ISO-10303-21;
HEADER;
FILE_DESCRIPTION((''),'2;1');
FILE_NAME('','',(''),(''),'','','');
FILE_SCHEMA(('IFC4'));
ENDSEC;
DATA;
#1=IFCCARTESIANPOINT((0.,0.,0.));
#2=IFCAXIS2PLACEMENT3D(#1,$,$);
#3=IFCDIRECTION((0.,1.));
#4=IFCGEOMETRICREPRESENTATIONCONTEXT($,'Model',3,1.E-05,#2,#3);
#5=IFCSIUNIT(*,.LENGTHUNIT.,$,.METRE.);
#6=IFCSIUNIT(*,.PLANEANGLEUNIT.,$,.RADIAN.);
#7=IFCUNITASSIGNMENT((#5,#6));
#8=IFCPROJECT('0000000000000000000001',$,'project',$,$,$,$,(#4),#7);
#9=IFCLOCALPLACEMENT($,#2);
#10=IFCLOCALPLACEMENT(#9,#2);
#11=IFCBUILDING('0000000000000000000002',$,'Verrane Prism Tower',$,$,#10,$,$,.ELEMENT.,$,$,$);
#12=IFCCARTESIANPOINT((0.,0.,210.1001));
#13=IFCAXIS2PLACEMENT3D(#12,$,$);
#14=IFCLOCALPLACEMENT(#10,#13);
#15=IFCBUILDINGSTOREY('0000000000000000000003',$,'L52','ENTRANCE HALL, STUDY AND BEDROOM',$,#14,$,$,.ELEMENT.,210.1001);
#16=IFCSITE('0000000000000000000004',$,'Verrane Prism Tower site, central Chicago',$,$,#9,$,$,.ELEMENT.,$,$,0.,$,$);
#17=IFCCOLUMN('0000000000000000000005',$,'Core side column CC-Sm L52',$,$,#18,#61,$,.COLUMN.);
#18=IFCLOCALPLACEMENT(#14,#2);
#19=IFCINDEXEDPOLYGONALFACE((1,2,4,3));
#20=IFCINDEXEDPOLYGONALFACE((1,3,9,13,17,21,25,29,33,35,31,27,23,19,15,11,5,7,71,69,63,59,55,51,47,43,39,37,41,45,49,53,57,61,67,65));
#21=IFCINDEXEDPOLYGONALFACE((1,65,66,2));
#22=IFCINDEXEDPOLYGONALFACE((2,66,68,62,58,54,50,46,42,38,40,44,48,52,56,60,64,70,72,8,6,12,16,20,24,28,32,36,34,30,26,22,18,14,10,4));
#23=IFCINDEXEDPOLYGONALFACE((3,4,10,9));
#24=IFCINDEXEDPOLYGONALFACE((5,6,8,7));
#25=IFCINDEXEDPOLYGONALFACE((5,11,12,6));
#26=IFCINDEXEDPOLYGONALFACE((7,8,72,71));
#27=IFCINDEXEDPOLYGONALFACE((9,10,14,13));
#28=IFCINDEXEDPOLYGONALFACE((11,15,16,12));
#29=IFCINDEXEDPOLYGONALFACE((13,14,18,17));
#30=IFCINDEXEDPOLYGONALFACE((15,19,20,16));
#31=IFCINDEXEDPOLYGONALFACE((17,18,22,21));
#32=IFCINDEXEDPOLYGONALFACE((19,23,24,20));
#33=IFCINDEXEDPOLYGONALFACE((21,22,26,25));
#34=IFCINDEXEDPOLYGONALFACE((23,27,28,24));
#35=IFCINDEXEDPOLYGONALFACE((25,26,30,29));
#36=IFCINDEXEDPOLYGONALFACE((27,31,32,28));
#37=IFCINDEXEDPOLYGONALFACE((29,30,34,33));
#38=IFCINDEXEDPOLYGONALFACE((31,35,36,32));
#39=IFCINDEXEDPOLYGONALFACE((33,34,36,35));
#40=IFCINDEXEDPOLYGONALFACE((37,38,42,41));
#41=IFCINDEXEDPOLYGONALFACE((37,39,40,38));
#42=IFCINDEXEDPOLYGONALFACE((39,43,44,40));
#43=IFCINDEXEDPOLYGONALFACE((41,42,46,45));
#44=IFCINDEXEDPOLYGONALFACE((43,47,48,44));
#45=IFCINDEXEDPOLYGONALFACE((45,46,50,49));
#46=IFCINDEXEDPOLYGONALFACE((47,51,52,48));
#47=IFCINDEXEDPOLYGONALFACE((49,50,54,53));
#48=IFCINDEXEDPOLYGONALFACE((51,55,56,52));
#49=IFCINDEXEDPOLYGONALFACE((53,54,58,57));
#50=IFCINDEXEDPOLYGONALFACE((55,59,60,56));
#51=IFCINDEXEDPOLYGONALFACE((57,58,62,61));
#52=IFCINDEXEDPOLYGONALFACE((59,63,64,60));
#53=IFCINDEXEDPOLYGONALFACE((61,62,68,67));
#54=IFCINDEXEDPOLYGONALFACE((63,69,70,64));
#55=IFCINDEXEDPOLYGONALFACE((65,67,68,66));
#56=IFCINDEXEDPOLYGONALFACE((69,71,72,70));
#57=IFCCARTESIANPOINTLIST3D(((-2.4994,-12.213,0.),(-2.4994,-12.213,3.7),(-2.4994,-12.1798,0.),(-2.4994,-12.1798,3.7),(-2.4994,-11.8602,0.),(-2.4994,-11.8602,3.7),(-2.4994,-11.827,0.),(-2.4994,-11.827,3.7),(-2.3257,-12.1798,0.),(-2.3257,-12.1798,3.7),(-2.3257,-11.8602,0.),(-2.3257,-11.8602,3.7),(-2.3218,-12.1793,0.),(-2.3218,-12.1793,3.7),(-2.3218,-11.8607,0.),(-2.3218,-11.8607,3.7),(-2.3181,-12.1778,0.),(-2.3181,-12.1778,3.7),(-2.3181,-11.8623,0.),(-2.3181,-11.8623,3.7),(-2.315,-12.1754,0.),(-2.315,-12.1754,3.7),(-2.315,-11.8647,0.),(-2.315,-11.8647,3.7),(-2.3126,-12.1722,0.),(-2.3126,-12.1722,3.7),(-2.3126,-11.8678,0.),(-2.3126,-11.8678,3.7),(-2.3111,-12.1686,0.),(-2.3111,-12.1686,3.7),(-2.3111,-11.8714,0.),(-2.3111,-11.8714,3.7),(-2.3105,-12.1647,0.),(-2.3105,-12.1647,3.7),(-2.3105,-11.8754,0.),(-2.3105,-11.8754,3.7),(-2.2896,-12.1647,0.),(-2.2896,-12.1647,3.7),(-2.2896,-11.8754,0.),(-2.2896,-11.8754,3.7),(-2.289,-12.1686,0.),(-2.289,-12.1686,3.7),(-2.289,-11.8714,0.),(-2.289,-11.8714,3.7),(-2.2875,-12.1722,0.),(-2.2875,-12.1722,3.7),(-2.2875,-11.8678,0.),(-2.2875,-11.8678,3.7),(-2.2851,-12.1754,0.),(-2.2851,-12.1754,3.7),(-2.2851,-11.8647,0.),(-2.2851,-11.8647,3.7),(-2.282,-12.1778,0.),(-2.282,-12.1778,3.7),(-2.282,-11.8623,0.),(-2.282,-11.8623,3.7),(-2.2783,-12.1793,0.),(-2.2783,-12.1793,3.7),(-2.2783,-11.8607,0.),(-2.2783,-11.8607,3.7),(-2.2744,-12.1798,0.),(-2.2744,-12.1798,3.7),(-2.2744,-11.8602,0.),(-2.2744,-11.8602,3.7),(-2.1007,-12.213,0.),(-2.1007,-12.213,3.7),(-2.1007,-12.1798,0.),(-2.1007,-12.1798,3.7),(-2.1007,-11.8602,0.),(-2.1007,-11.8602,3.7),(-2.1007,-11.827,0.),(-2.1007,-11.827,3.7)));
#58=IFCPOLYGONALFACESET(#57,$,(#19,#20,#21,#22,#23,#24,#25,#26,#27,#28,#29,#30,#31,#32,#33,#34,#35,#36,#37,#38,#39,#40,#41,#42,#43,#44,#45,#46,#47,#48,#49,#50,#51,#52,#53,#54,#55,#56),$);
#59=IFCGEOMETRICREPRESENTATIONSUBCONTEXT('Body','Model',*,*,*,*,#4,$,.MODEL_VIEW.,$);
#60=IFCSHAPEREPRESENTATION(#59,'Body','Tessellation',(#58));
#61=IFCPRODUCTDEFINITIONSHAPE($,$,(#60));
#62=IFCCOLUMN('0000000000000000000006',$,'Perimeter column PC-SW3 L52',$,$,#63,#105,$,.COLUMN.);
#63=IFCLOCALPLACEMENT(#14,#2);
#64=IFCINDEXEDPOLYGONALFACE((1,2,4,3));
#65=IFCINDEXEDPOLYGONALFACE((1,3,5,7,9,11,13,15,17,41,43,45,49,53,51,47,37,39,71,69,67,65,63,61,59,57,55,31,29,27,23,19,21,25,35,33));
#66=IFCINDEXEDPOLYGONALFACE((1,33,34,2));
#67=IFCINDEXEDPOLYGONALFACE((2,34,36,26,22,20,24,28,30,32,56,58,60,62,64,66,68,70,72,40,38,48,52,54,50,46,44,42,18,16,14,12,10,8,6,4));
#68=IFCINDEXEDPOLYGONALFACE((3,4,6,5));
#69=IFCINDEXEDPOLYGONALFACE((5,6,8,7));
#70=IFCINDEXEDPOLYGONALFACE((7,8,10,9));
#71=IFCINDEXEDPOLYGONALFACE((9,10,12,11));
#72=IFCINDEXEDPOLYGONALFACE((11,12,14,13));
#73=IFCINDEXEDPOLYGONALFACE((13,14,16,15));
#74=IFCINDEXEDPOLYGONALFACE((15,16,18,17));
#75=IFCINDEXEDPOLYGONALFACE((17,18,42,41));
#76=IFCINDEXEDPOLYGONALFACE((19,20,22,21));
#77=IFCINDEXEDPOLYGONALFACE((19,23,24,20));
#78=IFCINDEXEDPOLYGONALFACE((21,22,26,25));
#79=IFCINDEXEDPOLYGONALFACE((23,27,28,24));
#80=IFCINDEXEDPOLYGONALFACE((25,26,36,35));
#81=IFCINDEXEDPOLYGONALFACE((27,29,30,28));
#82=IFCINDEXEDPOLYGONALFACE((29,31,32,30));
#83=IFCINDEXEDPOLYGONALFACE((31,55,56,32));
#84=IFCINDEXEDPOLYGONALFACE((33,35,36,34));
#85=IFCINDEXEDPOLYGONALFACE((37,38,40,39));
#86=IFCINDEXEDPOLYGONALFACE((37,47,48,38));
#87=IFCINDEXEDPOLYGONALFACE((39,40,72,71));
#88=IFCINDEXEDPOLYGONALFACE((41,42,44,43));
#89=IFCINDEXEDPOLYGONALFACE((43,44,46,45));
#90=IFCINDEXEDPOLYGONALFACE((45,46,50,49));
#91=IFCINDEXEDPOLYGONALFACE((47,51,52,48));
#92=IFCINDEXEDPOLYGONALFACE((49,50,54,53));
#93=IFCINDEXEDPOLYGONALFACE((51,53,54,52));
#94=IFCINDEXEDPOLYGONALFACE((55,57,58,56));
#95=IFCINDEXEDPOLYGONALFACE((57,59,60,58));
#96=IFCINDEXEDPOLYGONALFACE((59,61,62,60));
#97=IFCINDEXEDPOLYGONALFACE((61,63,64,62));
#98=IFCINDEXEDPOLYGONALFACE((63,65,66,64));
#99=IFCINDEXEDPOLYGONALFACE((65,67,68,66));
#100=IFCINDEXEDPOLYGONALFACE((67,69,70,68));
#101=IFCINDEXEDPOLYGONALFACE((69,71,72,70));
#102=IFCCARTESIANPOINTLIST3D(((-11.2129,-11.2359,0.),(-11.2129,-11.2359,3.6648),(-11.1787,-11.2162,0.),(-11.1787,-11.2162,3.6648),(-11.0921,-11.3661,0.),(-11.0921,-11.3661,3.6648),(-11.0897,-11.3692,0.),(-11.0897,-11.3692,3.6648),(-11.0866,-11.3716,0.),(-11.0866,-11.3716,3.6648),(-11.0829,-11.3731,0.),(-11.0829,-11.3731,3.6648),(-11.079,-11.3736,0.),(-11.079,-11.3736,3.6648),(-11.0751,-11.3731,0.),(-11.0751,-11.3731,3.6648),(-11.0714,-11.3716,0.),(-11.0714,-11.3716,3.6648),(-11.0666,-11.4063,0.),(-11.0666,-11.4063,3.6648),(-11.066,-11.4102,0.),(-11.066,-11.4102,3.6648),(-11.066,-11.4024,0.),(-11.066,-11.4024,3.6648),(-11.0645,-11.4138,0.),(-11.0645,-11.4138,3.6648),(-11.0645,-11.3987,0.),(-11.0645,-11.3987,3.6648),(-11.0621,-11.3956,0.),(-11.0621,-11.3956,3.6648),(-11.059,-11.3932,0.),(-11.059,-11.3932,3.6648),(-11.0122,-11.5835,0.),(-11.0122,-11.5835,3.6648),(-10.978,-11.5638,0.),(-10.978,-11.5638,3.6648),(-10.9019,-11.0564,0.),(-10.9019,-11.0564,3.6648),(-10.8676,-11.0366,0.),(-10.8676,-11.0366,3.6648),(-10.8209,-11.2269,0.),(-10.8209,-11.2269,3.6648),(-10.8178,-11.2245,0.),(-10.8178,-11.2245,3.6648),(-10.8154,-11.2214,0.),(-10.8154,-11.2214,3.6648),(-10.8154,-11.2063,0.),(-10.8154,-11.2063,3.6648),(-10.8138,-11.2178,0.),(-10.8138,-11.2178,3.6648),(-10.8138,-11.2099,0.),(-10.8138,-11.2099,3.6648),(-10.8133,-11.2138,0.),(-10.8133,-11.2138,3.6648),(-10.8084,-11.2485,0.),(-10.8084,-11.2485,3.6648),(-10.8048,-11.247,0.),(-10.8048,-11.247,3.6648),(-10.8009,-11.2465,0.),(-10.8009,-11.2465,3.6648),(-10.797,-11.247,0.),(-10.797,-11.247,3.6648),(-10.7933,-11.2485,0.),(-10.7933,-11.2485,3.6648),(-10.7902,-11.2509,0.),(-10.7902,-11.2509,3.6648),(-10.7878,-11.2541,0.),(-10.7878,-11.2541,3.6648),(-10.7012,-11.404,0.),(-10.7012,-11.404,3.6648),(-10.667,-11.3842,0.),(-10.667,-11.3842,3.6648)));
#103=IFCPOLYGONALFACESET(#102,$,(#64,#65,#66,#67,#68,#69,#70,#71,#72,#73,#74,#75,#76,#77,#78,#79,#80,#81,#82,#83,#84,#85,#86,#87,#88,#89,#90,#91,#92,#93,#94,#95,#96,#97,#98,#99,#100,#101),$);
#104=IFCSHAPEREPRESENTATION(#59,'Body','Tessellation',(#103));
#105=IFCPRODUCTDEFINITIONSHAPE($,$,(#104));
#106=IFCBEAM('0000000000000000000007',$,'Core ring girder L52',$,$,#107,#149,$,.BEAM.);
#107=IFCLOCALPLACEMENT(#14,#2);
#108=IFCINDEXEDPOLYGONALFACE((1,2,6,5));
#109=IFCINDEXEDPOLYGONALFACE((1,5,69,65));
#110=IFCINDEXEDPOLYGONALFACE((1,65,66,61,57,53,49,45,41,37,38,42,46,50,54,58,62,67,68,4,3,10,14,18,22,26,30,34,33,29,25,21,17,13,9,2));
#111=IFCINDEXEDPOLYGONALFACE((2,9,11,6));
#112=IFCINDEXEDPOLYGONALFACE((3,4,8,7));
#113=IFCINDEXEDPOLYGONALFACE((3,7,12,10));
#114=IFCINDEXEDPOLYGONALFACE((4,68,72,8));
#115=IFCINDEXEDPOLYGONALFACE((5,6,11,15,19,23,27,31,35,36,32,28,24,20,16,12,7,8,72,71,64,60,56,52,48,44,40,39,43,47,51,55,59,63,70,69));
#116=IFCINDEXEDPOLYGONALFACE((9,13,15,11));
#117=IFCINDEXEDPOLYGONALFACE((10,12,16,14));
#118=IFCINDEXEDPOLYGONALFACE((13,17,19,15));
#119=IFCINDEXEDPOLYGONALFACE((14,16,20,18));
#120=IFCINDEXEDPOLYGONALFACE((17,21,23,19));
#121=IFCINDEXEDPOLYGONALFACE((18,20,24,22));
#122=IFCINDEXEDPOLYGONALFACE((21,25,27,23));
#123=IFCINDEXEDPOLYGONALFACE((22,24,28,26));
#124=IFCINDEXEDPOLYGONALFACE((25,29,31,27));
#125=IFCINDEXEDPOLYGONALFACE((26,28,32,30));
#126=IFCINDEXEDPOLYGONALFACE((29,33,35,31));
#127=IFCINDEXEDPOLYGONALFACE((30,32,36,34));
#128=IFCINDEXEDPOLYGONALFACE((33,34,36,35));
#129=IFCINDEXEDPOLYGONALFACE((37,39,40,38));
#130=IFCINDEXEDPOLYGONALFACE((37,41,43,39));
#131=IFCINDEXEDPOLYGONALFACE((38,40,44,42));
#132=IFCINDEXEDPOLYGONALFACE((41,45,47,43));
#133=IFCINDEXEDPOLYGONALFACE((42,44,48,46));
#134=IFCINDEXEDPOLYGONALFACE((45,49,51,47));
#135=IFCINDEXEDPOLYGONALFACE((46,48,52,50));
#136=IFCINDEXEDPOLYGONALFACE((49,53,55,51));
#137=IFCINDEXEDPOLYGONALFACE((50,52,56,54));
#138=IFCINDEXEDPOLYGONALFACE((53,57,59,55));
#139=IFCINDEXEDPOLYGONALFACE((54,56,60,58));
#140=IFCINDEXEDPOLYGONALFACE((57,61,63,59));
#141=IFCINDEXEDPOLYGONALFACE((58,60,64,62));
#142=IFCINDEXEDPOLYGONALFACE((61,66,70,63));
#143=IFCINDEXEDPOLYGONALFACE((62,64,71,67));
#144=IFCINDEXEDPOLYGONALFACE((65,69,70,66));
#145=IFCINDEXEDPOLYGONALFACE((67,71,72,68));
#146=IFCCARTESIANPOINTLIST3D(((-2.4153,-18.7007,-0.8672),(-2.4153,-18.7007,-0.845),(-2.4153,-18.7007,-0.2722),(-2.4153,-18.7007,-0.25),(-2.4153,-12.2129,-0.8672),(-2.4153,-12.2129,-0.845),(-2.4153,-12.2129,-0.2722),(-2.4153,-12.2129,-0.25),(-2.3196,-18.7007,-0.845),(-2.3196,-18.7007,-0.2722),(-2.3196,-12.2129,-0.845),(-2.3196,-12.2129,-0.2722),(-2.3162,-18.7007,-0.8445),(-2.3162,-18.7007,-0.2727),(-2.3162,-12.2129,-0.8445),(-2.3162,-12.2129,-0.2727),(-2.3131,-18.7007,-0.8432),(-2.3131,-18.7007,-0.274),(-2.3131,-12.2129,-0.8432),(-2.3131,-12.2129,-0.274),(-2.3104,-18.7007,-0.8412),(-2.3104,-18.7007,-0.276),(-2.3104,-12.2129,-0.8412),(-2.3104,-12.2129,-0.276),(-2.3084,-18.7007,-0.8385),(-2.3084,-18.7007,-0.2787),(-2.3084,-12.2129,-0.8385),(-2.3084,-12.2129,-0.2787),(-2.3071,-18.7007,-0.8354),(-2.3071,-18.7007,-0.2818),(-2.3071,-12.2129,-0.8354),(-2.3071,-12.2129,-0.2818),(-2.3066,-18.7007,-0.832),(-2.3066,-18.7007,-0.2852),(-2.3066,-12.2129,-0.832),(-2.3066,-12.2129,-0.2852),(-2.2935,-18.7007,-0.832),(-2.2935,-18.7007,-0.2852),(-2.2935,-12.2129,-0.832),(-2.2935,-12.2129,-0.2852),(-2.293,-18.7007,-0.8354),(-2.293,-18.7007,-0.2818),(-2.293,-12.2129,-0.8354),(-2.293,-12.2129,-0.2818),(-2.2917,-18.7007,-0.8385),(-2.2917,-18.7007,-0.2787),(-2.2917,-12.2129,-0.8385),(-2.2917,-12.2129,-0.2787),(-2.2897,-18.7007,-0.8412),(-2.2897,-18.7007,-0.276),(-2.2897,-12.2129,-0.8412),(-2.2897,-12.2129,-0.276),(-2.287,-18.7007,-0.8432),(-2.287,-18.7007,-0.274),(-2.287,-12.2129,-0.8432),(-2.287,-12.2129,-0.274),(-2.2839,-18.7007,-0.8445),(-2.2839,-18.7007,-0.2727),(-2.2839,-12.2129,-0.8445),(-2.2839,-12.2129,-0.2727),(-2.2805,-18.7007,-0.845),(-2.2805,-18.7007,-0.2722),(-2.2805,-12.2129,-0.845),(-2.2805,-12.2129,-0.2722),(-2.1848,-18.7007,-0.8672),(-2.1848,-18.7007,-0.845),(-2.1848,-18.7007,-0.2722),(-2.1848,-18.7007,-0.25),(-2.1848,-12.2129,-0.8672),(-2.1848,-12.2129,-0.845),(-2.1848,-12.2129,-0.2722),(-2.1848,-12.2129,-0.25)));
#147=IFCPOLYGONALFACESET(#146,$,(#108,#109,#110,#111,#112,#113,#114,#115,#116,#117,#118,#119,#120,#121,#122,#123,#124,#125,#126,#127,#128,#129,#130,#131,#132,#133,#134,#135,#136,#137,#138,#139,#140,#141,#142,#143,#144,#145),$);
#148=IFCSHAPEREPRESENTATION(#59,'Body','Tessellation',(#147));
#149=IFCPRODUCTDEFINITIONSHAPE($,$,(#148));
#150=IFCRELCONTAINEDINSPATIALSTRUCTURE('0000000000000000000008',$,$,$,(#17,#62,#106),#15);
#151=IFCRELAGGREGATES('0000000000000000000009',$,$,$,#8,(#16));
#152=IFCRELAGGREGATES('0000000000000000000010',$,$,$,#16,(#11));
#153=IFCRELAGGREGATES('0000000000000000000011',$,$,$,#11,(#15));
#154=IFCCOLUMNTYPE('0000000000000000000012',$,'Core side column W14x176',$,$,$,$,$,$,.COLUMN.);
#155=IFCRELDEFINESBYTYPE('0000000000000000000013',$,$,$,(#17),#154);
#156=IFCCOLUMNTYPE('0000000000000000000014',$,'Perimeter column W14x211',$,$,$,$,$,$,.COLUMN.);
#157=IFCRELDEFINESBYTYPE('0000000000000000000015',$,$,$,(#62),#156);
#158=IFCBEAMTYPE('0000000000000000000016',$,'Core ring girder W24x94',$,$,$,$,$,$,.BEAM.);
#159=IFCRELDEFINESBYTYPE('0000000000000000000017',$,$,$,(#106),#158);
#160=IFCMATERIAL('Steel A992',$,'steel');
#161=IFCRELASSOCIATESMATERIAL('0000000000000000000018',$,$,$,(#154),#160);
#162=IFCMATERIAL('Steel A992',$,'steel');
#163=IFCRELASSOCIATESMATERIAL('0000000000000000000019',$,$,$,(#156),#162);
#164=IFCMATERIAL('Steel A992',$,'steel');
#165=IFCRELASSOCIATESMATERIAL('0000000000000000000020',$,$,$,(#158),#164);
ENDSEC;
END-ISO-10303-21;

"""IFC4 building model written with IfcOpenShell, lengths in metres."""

from ifc_helpers import new_model, si_unit, direction, frame, origin, origin_2d, place, context, subcontext, project, spatial, i_section, extrude, material, material_profile, profile_set, type_object, element, save


model = new_model("IFC4")

# Units and contexts
model_context = context("Model", 3, precision=1e-05, world=origin(), true_north=direction((0.0, 1.0)))
body_context = subcontext(model_context, "Body", "Model", "MODEL_VIEW")
ifc_project = project(units=[si_unit("LENGTHUNIT", "METRE"), si_unit("PLANEANGLEUNIT", "RADIAN")], contexts=[model_context])

# Site, building, storey
site_placement = place(None, origin())
site = spatial("IfcSite", under=ifc_project, at=site_placement, Name="Verrane Prism Tower site, central Chicago", CompositionType="ELEMENT", RefElevation=0.0)
building_placement = place(site_placement, origin())
building = spatial("IfcBuilding", under=site, at=building_placement, Name="Verrane Prism Tower", CompositionType="ELEMENT")
storey_placement = place(building_placement, frame((0.0, 0.0, 210.1001)))
storey = spatial("IfcBuildingStorey", under=building, at=storey_placement, Name="L52", Description="ENTRANCE HALL, STUDY AND BEDROOM", CompositionType="ELEMENT", Elevation=210.1001)

# Columns
ifc_material_1 = material(Name="Steel A992", Category="steel")
ifc_material_profile_1 = material_profile(ifc_material_1, i_section(OverallWidth=0.3987, OverallDepth=0.386, WebThickness=0.021, FlangeThickness=0.0332, FilletRadius=0.0151, at=origin_2d()), Name="W14x176")
ifc_profile_set_1 = profile_set([ifc_material_profile_1], Name="Steel A992")
column_type_1 = type_object("IfcColumnType", Name="Core side column W14x176", PredefinedType="COLUMN", material=ifc_profile_set_1)
column_1_placement = place(storey_placement, frame((-2.3, -12.02, 0.0), z_axis=(0.0, 0.0, 1.0), x_axis=(1.0, 0.0, 0.0)))
element("IfcColumn", 1, at=column_1_placement, inside=storey, type_object=column_type_1, Name="Core side column CC-Sm L52", PredefinedType="COLUMN", context=body_context, shape_type="SweptSolid", body=[
    extrude(i_section(OverallWidth=0.3987, OverallDepth=0.386, WebThickness=0.021, FlangeThickness=0.0332, FilletRadius=0.0151, at=origin_2d()), origin(), (0.0, 0.0, 1.0), 3.7),
])
ifc_material_2 = material(Name="Steel A992", Category="steel")
ifc_material_profile_2 = material_profile(ifc_material_2, i_section(OverallWidth=0.4014, OverallDepth=0.3987, WebThickness=0.0249, FlangeThickness=0.0396, FilletRadius=0.0151, at=origin_2d()), Name="W14x211")
ifc_profile_set_2 = profile_set([ifc_material_profile_2], Name="Steel A992")
column_type_2 = type_object("IfcColumnType", Name="Perimeter column W14x211", PredefinedType="COLUMN", material=ifc_profile_set_2)
column_2_placement = place(storey_placement, frame((-10.9399, -11.3101, 0.0), z_axis=(0.0, 0.0, 1.0), x_axis=(-0.5, 0.866025, 0.0)))
element("IfcColumn", 2, at=column_2_placement, inside=storey, type_object=column_type_2, Name="Perimeter column PC-SW3 L52", PredefinedType="COLUMN", context=body_context, shape_type="SweptSolid", body=[
    extrude(i_section(OverallWidth=0.4014, OverallDepth=0.3987, WebThickness=0.0249, FlangeThickness=0.0396, FilletRadius=0.0151, at=origin_2d()), origin(), (0.0, 0.0, 1.0), 3.6648),
])

# Beam
ifc_material_3 = material(Name="Steel A992", Category="steel")
ifc_material_profile_3 = material_profile(ifc_material_3, i_section(OverallWidth=0.2305, OverallDepth=0.6172, WebThickness=0.0132, FlangeThickness=0.0222, FilletRadius=0.0129, at=origin_2d()), Name="W24x94")
ifc_profile_set_3 = profile_set([ifc_material_profile_3], Name="Steel A992")
beam_type_1 = type_object("IfcBeamType", Name="Core ring girder W24x94", PredefinedType="BEAM", material=ifc_profile_set_3)
beam_1_placement = place(storey_placement, frame((-2.3, -12.2129, -0.5586), z_axis=(0.0, -1.0, 0.0), x_axis=(1.0, 0.0, 0.0)))
element("IfcBeam", 3, at=beam_1_placement, inside=storey, type_object=beam_type_1, Name="Core ring girder L52", PredefinedType="BEAM", context=body_context, shape_type="SweptSolid", body=[
    extrude(i_section(OverallWidth=0.2305, OverallDepth=0.6172, WebThickness=0.0132, FlangeThickness=0.0222, FilletRadius=0.0129, at=origin_2d()), origin(), (0.0, 0.0, 1.0), 6.4878),
])

save(model, "model.ifc")
